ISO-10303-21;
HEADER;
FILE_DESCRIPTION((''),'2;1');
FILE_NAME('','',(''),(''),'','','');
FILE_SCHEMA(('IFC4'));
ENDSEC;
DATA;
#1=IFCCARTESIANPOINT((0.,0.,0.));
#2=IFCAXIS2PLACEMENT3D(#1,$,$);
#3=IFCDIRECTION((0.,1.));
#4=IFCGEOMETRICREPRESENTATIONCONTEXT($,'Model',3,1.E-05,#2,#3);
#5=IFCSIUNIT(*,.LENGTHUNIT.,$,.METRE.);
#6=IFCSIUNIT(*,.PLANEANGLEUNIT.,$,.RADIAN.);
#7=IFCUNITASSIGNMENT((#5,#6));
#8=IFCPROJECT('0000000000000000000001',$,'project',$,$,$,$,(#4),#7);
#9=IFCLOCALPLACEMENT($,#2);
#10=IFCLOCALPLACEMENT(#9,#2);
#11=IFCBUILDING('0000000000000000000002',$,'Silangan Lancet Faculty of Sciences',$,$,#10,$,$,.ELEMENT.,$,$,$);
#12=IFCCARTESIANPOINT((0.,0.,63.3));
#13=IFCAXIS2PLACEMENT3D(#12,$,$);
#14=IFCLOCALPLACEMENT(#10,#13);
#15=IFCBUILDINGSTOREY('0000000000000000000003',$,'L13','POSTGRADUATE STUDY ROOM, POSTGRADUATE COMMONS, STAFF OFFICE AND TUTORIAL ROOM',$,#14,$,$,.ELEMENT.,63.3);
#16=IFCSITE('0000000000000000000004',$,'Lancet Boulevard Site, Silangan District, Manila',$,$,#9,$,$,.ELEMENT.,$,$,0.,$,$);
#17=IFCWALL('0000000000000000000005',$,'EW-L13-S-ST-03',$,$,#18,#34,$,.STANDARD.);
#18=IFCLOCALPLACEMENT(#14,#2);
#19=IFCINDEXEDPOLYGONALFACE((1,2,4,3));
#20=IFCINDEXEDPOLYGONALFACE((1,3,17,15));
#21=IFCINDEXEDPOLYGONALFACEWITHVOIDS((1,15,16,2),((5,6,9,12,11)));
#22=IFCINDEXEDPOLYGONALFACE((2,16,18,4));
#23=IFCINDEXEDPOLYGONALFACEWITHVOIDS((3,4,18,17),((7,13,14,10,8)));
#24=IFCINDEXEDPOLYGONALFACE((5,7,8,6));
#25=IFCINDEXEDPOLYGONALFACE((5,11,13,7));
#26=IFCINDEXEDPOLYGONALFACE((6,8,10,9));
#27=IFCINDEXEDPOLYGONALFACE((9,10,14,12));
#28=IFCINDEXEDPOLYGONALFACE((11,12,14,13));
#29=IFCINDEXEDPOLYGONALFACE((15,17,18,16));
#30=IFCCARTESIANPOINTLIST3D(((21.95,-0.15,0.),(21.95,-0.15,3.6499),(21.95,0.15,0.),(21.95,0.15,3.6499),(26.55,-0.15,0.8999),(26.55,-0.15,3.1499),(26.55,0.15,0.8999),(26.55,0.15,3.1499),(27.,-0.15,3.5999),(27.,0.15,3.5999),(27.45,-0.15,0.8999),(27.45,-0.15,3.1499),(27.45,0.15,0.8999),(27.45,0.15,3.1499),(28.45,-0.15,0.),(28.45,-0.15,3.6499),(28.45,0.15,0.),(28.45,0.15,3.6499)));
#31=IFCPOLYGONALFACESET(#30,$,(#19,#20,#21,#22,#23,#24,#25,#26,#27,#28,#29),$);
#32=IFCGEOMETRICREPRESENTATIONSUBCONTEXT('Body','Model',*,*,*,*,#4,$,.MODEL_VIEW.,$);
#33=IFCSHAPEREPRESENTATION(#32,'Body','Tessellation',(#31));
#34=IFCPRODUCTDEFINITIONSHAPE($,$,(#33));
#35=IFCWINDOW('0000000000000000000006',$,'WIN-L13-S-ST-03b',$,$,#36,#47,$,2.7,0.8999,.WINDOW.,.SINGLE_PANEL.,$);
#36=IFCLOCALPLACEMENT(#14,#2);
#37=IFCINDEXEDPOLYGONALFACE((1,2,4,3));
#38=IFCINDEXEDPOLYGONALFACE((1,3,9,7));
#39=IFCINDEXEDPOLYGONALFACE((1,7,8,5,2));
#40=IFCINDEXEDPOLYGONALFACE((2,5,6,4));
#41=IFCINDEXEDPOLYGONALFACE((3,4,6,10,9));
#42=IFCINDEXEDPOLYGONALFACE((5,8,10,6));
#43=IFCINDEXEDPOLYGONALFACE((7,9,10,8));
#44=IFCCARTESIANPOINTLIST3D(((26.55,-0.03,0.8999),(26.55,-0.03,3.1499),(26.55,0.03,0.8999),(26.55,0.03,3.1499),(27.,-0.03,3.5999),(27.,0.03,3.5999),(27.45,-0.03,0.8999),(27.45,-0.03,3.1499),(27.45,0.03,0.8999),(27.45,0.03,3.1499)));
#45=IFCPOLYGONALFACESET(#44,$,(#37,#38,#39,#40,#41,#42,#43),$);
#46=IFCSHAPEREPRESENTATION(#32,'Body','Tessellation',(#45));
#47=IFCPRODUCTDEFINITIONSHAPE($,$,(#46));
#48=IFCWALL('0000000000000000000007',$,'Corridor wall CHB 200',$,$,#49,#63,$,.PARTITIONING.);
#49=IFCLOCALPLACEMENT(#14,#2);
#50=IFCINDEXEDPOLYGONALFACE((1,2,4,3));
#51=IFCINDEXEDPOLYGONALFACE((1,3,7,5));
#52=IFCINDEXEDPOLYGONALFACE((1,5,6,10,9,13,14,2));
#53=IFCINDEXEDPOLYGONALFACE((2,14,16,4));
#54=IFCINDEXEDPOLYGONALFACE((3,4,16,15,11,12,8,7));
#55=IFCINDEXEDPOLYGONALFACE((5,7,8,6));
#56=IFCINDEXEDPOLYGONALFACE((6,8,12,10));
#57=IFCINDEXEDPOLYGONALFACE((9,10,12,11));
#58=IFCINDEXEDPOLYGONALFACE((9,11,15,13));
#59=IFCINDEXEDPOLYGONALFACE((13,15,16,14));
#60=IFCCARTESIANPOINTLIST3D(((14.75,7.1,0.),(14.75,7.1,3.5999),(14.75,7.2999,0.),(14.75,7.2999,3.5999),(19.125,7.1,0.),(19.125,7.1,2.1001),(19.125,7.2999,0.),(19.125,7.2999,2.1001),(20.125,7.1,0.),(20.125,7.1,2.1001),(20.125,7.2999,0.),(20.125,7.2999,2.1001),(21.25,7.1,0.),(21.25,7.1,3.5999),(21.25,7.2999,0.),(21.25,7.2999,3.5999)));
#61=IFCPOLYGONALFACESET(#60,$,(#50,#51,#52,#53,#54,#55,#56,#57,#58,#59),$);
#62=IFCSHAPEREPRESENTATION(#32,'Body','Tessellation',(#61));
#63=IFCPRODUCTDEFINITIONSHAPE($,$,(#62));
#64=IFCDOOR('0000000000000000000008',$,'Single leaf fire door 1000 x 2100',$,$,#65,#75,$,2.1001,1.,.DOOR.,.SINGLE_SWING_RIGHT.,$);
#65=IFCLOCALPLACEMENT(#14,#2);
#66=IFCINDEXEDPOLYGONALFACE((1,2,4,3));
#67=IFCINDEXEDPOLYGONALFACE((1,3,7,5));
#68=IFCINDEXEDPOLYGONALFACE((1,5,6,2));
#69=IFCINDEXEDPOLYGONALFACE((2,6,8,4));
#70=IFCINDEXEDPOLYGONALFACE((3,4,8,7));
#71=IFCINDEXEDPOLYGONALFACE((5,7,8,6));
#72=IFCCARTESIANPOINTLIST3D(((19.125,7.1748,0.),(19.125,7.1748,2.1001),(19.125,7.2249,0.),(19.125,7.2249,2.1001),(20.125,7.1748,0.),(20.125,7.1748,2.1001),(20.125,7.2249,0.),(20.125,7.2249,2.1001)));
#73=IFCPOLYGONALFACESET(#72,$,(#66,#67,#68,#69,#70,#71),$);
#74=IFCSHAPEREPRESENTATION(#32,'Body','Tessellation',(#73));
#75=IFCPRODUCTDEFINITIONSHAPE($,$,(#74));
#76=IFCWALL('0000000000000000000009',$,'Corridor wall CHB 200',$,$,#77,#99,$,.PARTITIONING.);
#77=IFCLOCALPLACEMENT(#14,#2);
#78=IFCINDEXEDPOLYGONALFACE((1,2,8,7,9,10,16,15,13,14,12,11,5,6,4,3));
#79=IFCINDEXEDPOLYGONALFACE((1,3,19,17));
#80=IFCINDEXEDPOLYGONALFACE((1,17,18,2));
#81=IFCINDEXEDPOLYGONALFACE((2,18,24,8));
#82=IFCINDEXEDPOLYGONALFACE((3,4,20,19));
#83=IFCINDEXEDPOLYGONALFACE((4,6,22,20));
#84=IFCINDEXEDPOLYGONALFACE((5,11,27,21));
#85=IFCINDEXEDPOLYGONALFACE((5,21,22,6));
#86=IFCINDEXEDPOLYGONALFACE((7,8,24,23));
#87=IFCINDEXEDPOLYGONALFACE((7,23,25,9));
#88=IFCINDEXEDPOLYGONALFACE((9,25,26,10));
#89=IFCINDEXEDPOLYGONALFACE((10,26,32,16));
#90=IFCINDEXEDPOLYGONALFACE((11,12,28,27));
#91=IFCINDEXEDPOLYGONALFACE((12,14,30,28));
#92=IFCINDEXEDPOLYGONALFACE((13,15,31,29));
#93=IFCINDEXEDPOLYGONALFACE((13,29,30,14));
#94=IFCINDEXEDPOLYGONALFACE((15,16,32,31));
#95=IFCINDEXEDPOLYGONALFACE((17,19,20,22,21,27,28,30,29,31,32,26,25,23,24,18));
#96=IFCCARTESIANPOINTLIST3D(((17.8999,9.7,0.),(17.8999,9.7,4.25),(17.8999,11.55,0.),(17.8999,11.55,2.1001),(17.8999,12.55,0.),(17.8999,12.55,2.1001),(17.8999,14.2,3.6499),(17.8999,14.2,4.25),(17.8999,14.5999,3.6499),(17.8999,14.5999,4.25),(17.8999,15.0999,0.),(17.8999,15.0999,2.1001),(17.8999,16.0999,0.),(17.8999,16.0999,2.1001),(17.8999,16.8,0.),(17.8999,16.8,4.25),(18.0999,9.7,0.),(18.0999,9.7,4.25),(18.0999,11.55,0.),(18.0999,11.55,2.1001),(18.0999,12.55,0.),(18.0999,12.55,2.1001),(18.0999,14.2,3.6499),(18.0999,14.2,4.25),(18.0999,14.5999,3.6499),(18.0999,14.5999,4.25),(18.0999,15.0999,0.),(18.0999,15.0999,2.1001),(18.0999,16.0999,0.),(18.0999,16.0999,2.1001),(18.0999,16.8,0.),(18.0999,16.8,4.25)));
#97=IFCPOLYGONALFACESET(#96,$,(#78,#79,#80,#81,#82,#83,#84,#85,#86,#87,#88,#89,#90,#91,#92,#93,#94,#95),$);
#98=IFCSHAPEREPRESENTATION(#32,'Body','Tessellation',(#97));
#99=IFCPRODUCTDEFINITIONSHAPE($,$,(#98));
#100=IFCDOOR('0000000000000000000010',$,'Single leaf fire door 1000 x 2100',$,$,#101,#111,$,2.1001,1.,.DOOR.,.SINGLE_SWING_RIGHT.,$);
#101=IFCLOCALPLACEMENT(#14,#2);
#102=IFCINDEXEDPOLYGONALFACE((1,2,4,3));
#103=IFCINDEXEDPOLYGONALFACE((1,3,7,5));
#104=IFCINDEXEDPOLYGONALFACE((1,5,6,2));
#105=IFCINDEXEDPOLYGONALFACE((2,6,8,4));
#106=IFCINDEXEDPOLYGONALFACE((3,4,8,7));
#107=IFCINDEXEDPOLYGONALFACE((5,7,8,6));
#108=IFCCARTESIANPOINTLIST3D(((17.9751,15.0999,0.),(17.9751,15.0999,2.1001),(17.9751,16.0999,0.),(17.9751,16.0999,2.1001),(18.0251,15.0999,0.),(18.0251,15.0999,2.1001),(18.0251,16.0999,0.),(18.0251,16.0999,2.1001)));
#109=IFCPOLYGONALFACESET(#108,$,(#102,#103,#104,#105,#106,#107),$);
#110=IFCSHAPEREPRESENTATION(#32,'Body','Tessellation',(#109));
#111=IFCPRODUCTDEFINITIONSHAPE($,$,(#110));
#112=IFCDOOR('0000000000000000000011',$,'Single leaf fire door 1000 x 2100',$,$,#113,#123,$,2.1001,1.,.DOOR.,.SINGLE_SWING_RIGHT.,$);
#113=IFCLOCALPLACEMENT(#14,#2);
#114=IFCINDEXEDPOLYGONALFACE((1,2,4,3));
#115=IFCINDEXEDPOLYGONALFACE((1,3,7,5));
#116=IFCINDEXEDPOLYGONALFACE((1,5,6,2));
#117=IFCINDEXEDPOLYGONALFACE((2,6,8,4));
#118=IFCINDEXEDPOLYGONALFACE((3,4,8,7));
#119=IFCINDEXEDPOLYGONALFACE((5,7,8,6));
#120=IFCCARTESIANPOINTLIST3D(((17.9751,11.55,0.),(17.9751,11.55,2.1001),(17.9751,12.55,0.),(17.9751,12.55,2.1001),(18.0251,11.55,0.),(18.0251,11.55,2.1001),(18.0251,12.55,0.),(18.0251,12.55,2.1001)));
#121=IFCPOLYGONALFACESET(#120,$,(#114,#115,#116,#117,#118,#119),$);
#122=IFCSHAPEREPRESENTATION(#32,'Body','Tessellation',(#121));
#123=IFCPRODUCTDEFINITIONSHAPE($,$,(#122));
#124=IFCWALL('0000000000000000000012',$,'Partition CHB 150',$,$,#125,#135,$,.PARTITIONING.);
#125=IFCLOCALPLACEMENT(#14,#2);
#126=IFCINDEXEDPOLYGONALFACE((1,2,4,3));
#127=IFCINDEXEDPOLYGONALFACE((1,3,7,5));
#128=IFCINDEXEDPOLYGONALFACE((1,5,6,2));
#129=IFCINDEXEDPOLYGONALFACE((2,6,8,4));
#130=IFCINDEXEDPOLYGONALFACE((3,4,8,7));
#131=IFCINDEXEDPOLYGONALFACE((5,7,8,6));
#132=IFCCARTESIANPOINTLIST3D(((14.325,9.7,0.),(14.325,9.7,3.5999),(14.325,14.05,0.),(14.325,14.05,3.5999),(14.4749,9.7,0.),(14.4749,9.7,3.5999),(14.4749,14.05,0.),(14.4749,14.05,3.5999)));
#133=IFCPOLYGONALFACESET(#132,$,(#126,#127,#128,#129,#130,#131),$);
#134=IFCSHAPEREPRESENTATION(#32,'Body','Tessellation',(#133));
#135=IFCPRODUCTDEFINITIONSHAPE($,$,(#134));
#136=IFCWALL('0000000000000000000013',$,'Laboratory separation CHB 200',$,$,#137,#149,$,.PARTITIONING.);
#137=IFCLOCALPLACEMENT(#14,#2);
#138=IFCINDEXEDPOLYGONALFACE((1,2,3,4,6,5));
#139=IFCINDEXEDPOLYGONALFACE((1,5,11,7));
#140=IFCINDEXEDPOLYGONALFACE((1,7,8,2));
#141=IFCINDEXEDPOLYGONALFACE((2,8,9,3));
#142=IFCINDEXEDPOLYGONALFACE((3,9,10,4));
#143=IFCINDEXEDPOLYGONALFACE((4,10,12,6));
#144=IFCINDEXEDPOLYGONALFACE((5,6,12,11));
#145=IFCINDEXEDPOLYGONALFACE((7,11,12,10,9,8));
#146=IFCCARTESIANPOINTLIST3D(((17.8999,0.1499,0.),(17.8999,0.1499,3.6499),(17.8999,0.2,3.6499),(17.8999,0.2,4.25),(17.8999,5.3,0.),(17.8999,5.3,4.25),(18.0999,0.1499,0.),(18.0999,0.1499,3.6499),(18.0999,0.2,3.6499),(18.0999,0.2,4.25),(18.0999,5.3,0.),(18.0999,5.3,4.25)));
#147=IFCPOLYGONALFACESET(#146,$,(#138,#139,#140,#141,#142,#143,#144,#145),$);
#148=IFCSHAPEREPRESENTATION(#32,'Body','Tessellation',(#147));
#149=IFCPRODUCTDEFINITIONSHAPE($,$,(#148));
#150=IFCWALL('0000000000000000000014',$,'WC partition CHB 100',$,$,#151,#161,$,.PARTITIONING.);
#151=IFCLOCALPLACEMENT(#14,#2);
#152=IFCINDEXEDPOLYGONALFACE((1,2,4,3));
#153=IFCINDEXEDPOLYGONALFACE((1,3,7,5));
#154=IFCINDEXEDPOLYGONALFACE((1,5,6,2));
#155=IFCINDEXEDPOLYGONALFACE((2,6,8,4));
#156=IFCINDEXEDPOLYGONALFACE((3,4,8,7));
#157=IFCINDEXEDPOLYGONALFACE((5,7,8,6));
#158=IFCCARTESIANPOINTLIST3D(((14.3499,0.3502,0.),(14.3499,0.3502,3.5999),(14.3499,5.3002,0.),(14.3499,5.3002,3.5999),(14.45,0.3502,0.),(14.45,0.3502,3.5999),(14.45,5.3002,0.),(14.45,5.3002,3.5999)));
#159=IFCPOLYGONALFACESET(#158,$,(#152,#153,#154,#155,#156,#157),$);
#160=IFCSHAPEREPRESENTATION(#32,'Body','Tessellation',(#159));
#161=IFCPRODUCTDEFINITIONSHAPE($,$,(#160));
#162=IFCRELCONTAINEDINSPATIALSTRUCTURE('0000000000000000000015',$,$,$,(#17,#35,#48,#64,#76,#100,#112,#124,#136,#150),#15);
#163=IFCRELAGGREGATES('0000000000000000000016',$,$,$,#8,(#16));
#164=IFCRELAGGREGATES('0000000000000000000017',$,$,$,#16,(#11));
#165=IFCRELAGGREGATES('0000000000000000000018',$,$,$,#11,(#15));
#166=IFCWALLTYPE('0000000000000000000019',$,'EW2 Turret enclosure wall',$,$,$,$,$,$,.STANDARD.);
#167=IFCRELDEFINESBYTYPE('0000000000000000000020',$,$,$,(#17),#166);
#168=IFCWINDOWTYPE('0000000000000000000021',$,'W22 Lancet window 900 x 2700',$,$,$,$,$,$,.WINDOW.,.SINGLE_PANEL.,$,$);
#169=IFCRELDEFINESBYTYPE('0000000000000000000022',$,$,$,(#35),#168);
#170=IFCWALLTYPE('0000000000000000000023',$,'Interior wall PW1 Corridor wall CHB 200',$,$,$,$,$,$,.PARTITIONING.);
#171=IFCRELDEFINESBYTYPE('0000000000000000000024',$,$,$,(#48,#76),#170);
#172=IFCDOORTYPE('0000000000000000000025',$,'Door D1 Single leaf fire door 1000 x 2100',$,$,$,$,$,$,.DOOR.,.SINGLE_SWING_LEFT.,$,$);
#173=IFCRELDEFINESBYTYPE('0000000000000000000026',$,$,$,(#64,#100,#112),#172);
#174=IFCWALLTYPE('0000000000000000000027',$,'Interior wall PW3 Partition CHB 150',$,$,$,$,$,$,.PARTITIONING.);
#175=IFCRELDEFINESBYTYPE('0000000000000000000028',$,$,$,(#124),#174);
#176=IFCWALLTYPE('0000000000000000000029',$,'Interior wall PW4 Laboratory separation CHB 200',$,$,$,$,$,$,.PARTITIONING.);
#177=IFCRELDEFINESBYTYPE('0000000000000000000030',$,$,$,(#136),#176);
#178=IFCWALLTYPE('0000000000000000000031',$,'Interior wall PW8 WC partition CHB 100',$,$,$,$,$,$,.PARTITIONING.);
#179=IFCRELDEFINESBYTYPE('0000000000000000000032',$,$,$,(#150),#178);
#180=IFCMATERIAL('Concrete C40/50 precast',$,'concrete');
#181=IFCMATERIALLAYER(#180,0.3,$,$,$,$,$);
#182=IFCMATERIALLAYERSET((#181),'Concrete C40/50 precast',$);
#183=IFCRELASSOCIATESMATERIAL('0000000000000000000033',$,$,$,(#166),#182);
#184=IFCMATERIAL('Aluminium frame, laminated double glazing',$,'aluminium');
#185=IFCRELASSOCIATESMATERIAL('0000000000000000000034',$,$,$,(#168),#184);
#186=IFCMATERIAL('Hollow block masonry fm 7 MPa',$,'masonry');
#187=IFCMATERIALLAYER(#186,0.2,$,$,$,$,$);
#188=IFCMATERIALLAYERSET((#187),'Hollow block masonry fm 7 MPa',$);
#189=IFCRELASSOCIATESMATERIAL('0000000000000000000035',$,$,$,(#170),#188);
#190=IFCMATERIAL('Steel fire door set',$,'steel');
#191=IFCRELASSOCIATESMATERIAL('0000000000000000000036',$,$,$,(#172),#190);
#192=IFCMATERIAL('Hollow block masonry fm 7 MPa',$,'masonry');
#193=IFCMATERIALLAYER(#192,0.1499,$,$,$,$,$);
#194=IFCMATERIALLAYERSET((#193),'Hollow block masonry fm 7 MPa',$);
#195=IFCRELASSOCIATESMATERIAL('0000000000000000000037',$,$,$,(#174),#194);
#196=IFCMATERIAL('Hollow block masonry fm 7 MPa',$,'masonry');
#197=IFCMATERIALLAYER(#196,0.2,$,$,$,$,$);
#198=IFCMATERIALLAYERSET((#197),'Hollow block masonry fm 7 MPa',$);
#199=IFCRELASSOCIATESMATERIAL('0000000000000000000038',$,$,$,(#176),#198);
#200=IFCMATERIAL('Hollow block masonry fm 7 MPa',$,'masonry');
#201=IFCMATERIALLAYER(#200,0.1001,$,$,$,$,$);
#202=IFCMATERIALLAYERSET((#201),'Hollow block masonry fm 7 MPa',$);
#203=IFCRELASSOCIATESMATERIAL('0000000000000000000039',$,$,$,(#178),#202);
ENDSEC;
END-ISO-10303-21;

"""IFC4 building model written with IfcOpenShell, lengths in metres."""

from ifc_helpers import new_model, si_unit, direction, frame, frame_2d, origin, place, context, subcontext, project, spatial, polyline, rectangle, outline, extrude, material, layer, layer_set, type_object, element, fill, save


model = new_model("IFC4")

# Units and contexts
model_context = context("Model", 3, precision=1e-05, world=origin(), true_north=direction((0.0, 1.0)))
body_context = subcontext(model_context, "Body", "Model", "MODEL_VIEW")
ifc_project = project(units=[si_unit("LENGTHUNIT", "METRE"), si_unit("PLANEANGLEUNIT", "RADIAN")], contexts=[model_context])

# Site, building, storey
site_placement = place(None, origin())
site = spatial("IfcSite", under=ifc_project, at=site_placement, Name="Lancet Boulevard Site, Silangan District, Manila", CompositionType="ELEMENT", RefElevation=0.0)
building_placement = place(site_placement, origin())
building = spatial("IfcBuilding", under=site, at=building_placement, Name="Silangan Lancet Faculty of Sciences", CompositionType="ELEMENT")
storey_placement = place(building_placement, frame((0.0, 0.0, 63.3)))
storey = spatial("IfcBuildingStorey", under=building, at=storey_placement, Name="L13", Description="POSTGRADUATE STUDY ROOM, POSTGRADUATE COMMONS, STAFF OFFICE AND TUTORIAL ROOM", CompositionType="ELEMENT", Elevation=63.3)

# Wall, opening, window
ifc_material_1 = material(Name="Concrete C40/50 precast", Category="concrete")
ifc_layer_1 = layer(ifc_material_1, 0.3)
ifc_layer_set_1 = layer_set([ifc_layer_1], Name="Concrete C40/50 precast")
wall_type_1 = type_object("IfcWallType", Name="EW2 Turret enclosure wall", PredefinedType="STANDARD", material=ifc_layer_set_1)
wall_1_placement = place(storey_placement, frame((21.95, 0.0, 0.0), z_axis=(0.0, 0.0, 1.0), x_axis=(1.0, 0.0, 0.0)))
wall_1 = element("IfcWall", 1, at=wall_1_placement, inside=storey, type_object=wall_type_1, Name="EW-L13-S-ST-03", PredefinedType="STANDARD", context=body_context, shape_type="SweptSolid", body=[
    extrude(rectangle(XDim=6.5, YDim=0.3, at=frame_2d((3.25, 0.0))), origin(), (0.0, 0.0, 1.0), 3.6499),
])
opening_1_placement = place(wall_1_placement, frame((4.6001, 0.0, 0.8999)))
opening_1 = element("IfcOpeningElement", 2, at=opening_1_placement, cuts=wall_1, PredefinedType="OPENING", context=body_context, shape_type="SweptSolid", body=[
    extrude(outline(polyline([(0.0, 0.0), (0.8999, 0.0), (0.8999, 2.25), (0.45, 2.7), (0.0, 2.25), (0.0, 0.0)])), frame((0.0, 0.1599, 0.0), z_axis=(0.0, -1.0, 0.0), x_axis=(1.0, 0.0, 0.0)), (0.0, 0.0, 1.0), 0.3201),
])
ifc_material_2 = material(Name="Aluminium frame, laminated double glazing", Category="aluminium")
window_type_1 = type_object("IfcWindowType", Name="W22 Lancet window 900 x 2700", PartitioningType="SINGLE_PANEL", PredefinedType="WINDOW", material=ifc_material_2)
window_1_placement = place(opening_1_placement, origin())
window_1 = element("IfcWindow", 3, at=window_1_placement, inside=storey, type_object=window_type_1, Name="WIN-L13-S-ST-03b", OverallHeight=2.7, OverallWidth=0.8999, PartitioningType="SINGLE_PANEL", PredefinedType="WINDOW", context=body_context, shape_type="SweptSolid", body=[
    extrude(outline(polyline([(0.0, 0.0), (0.8999, 0.0), (0.8999, 2.25), (0.45, 2.7), (0.0, 2.25), (0.0, 0.0)])), frame((0.0, 0.03, 0.0), z_axis=(0.0, -1.0, 0.0), x_axis=(1.0, 0.0, 0.0)), (0.0, 0.0, 1.0), 0.0601),
])
fill(opening_1, window_1)

# Wall, opening, door
ifc_material_3 = material(Name="Hollow block masonry fm 7 MPa", Category="masonry")
ifc_layer_2 = layer(ifc_material_3, 0.2)
ifc_layer_set_2 = layer_set([ifc_layer_2], Name="Hollow block masonry fm 7 MPa")
wall_type_2 = type_object("IfcWallType", Name="Interior wall PW1 Corridor wall CHB 200", PredefinedType="PARTITIONING", material=ifc_layer_set_2)
wall_2_placement = place(storey_placement, frame((14.75, 7.2, 0.0), z_axis=(0.0, 0.0, 1.0), x_axis=(1.0, 0.0, 0.0)))
wall_2 = element("IfcWall", 4, at=wall_2_placement, inside=storey, type_object=wall_type_2, Name="Corridor wall CHB 200", PredefinedType="PARTITIONING", context=body_context, shape_type="SweptSolid", body=[
    extrude(rectangle(XDim=6.5, YDim=0.2, at=frame_2d((3.25, 0.0))), origin(), (0.0, 0.0, 1.0), 3.5999),
])
opening_2_placement = place(wall_2_placement, frame((4.375, 0.0, 0.0)))
opening_2 = element("IfcOpeningElement", 5, at=opening_2_placement, cuts=wall_2, PredefinedType="OPENING", context=body_context, shape_type="SweptSolid", body=[
    extrude(rectangle(XDim=1.0, YDim=2.1001, at=frame_2d((0.5, 1.05))), frame((0.0, 0.1099, 0.0), z_axis=(0.0, -1.0, 0.0), x_axis=(1.0, 0.0, 0.0)), (0.0, 0.0, 1.0), 0.22),
])
ifc_material_4 = material(Name="Steel fire door set", Category="steel")
door_type_1 = type_object("IfcDoorType", Name="Door D1 Single leaf fire door 1000 x 2100", OperationType="SINGLE_SWING_LEFT", PredefinedType="DOOR", material=ifc_material_4)
door_1_placement = place(opening_2_placement, frame((1.0, 0.0, 0.0), z_axis=(0.0, 0.0, 1.0), x_axis=(-1.0, 0.0, 0.0)))
door_1 = element("IfcDoor", 6, at=door_1_placement, inside=storey, type_object=door_type_1, Name="Single leaf fire door 1000 x 2100", OperationType="SINGLE_SWING_RIGHT", OverallHeight=2.1001, OverallWidth=1.0, PredefinedType="DOOR", context=body_context, shape_type="SweptSolid", body=[
    extrude(rectangle(XDim=1.0, YDim=2.1001, at=frame_2d((0.5, 1.05))), frame((0.0, 0.0251, 0.0), z_axis=(0.0, -1.0, 0.0), x_axis=(1.0, 0.0, 0.0)), (0.0, 0.0, 1.0), 0.05),
])
fill(opening_2, door_1)

# Wall, openings, doors
wall_3_placement = place(storey_placement, frame((18.0, 9.7, 0.0), z_axis=(0.0, 0.0, 1.0), x_axis=(0.0, 1.0, 0.0)))
wall_3 = element("IfcWall", 7, at=wall_3_placement, inside=storey, type_object=wall_type_2, Name="Corridor wall CHB 200", PredefinedType="PARTITIONING", context=body_context, shape_type="SweptSolid", body=[
    extrude(outline(polyline([(0.0, 0.0), (7.1001, 0.0), (7.1001, 4.25), (4.8999, 4.25), (4.8999, 3.6499), (4.5, 3.6499), (4.5, 4.25), (0.0, 4.25), (0.0, 0.0)])), frame((0.0, 0.1001, 0.0), z_axis=(0.0, -1.0, 0.0), x_axis=(1.0, 0.0, 0.0)), (0.0, 0.0, 1.0), 0.2),
])
opening_3_placement = place(wall_3_placement, frame((5.3999, 0.0, 0.0)))
opening_3 = element("IfcOpeningElement", 8, at=opening_3_placement, cuts=wall_3, PredefinedType="OPENING", context=body_context, shape_type="SweptSolid", body=[
    extrude(rectangle(XDim=1.0, YDim=2.1001, at=frame_2d((0.5, 1.05))), frame((0.0, 0.1099, 0.0), z_axis=(0.0, -1.0, 0.0), x_axis=(1.0, 0.0, 0.0)), (0.0, 0.0, 1.0), 0.22),
])
opening_4_placement = place(wall_3_placement, frame((1.8501, 0.0, 0.0)))
opening_4 = element("IfcOpeningElement", 9, at=opening_4_placement, cuts=wall_3, PredefinedType="OPENING", context=body_context, shape_type="SweptSolid", body=[
    extrude(rectangle(XDim=1.0, YDim=2.1001, at=frame_2d((0.5, 1.05))), frame((0.0, 0.1099, 0.0), z_axis=(0.0, -1.0, 0.0), x_axis=(1.0, 0.0, 0.0)), (0.0, 0.0, 1.0), 0.22),
])
door_2_placement = place(opening_3_placement, origin())
door_2 = element("IfcDoor", 10, at=door_2_placement, inside=storey, type_object=door_type_1, Name="Single leaf fire door 1000 x 2100", OperationType="SINGLE_SWING_RIGHT", OverallHeight=2.1001, OverallWidth=1.0, PredefinedType="DOOR", context=body_context, shape_type="SweptSolid", body=[
    extrude(rectangle(XDim=1.0, YDim=2.1001, at=frame_2d((0.5, 1.05))), frame((0.0, 0.0249, 0.0), z_axis=(0.0, -1.0, 0.0), x_axis=(1.0, 0.0, 0.0)), (0.0, 0.0, 1.0), 0.05),
])
fill(opening_3, door_2)
door_3_placement = place(opening_4_placement, origin())
door_3 = element("IfcDoor", 11, at=door_3_placement, inside=storey, type_object=door_type_1, Name="Single leaf fire door 1000 x 2100", OperationType="SINGLE_SWING_RIGHT", OverallHeight=2.1001, OverallWidth=1.0, PredefinedType="DOOR", context=body_context, shape_type="SweptSolid", body=[
    extrude(rectangle(XDim=1.0, YDim=2.1001, at=frame_2d((0.5, 1.05))), frame((0.0, 0.0249, 0.0), z_axis=(0.0, -1.0, 0.0), x_axis=(1.0, 0.0, 0.0)), (0.0, 0.0, 1.0), 0.05),
])
fill(opening_4, door_3)

# Walls
ifc_material_5 = material(Name="Hollow block masonry fm 7 MPa", Category="masonry")
ifc_layer_3 = layer(ifc_material_5, 0.1499)
ifc_layer_set_3 = layer_set([ifc_layer_3], Name="Hollow block masonry fm 7 MPa")
wall_type_3 = type_object("IfcWallType", Name="Interior wall PW3 Partition CHB 150", PredefinedType="PARTITIONING", material=ifc_layer_set_3)
wall_4_placement = place(storey_placement, frame((14.3999, 9.7, 0.0), z_axis=(0.0, 0.0, 1.0), x_axis=(0.0, 1.0, 0.0)))
element("IfcWall", 12, at=wall_4_placement, inside=storey, type_object=wall_type_3, Name="Partition CHB 150", PredefinedType="PARTITIONING", context=body_context, shape_type="SweptSolid", body=[
    extrude(rectangle(XDim=4.3501, YDim=0.1499, at=frame_2d((2.175, 0.0))), origin(), (0.0, 0.0, 1.0), 3.5999),
])
ifc_material_6 = material(Name="Hollow block masonry fm 7 MPa", Category="masonry")
ifc_layer_4 = layer(ifc_material_6, 0.2)
ifc_layer_set_4 = layer_set([ifc_layer_4], Name="Hollow block masonry fm 7 MPa")
wall_type_4 = type_object("IfcWallType", Name="Interior wall PW4 Laboratory separation CHB 200", PredefinedType="PARTITIONING", material=ifc_layer_set_4)
wall_5_placement = place(storey_placement, frame((18.0, 0.1499, 0.0), z_axis=(0.0, 0.0, 1.0), x_axis=(0.0, 1.0, 0.0)))
element("IfcWall", 13, at=wall_5_placement, inside=storey, type_object=wall_type_4, Name="Laboratory separation CHB 200", PredefinedType="PARTITIONING", context=body_context, shape_type="SweptSolid", body=[
    extrude(outline(polyline([(0.0, 0.0), (5.1501, 0.0), (5.1501, 4.25), (0.05, 4.25), (0.05, 3.6499), (0.0, 3.6499), (0.0, 0.0)])), frame((0.0, 0.1001, 0.0), z_axis=(0.0, -1.0, 0.0), x_axis=(1.0, 0.0, 0.0)), (0.0, 0.0, 1.0), 0.2),
])
ifc_material_7 = material(Name="Hollow block masonry fm 7 MPa", Category="masonry")
ifc_layer_5 = layer(ifc_material_7, 0.1001)
ifc_layer_set_5 = layer_set([ifc_layer_5], Name="Hollow block masonry fm 7 MPa")
wall_type_5 = type_object("IfcWallType", Name="Interior wall PW8 WC partition CHB 100", PredefinedType="PARTITIONING", material=ifc_layer_set_5)
wall_6_placement = place(storey_placement, frame((14.3999, 0.3501, 0.0), z_axis=(0.0, 0.0, 1.0), x_axis=(0.0, 1.0, 0.0)))
element("IfcWall", 14, at=wall_6_placement, inside=storey, type_object=wall_type_5, Name="WC partition CHB 100", PredefinedType="PARTITIONING", context=body_context, shape_type="SweptSolid", body=[
    extrude(rectangle(XDim=4.95, YDim=0.1001, at=frame_2d((2.4751, 0.0))), origin(), (0.0, 0.0, 1.0), 3.5999),
])

save(model, "model.ifc")
